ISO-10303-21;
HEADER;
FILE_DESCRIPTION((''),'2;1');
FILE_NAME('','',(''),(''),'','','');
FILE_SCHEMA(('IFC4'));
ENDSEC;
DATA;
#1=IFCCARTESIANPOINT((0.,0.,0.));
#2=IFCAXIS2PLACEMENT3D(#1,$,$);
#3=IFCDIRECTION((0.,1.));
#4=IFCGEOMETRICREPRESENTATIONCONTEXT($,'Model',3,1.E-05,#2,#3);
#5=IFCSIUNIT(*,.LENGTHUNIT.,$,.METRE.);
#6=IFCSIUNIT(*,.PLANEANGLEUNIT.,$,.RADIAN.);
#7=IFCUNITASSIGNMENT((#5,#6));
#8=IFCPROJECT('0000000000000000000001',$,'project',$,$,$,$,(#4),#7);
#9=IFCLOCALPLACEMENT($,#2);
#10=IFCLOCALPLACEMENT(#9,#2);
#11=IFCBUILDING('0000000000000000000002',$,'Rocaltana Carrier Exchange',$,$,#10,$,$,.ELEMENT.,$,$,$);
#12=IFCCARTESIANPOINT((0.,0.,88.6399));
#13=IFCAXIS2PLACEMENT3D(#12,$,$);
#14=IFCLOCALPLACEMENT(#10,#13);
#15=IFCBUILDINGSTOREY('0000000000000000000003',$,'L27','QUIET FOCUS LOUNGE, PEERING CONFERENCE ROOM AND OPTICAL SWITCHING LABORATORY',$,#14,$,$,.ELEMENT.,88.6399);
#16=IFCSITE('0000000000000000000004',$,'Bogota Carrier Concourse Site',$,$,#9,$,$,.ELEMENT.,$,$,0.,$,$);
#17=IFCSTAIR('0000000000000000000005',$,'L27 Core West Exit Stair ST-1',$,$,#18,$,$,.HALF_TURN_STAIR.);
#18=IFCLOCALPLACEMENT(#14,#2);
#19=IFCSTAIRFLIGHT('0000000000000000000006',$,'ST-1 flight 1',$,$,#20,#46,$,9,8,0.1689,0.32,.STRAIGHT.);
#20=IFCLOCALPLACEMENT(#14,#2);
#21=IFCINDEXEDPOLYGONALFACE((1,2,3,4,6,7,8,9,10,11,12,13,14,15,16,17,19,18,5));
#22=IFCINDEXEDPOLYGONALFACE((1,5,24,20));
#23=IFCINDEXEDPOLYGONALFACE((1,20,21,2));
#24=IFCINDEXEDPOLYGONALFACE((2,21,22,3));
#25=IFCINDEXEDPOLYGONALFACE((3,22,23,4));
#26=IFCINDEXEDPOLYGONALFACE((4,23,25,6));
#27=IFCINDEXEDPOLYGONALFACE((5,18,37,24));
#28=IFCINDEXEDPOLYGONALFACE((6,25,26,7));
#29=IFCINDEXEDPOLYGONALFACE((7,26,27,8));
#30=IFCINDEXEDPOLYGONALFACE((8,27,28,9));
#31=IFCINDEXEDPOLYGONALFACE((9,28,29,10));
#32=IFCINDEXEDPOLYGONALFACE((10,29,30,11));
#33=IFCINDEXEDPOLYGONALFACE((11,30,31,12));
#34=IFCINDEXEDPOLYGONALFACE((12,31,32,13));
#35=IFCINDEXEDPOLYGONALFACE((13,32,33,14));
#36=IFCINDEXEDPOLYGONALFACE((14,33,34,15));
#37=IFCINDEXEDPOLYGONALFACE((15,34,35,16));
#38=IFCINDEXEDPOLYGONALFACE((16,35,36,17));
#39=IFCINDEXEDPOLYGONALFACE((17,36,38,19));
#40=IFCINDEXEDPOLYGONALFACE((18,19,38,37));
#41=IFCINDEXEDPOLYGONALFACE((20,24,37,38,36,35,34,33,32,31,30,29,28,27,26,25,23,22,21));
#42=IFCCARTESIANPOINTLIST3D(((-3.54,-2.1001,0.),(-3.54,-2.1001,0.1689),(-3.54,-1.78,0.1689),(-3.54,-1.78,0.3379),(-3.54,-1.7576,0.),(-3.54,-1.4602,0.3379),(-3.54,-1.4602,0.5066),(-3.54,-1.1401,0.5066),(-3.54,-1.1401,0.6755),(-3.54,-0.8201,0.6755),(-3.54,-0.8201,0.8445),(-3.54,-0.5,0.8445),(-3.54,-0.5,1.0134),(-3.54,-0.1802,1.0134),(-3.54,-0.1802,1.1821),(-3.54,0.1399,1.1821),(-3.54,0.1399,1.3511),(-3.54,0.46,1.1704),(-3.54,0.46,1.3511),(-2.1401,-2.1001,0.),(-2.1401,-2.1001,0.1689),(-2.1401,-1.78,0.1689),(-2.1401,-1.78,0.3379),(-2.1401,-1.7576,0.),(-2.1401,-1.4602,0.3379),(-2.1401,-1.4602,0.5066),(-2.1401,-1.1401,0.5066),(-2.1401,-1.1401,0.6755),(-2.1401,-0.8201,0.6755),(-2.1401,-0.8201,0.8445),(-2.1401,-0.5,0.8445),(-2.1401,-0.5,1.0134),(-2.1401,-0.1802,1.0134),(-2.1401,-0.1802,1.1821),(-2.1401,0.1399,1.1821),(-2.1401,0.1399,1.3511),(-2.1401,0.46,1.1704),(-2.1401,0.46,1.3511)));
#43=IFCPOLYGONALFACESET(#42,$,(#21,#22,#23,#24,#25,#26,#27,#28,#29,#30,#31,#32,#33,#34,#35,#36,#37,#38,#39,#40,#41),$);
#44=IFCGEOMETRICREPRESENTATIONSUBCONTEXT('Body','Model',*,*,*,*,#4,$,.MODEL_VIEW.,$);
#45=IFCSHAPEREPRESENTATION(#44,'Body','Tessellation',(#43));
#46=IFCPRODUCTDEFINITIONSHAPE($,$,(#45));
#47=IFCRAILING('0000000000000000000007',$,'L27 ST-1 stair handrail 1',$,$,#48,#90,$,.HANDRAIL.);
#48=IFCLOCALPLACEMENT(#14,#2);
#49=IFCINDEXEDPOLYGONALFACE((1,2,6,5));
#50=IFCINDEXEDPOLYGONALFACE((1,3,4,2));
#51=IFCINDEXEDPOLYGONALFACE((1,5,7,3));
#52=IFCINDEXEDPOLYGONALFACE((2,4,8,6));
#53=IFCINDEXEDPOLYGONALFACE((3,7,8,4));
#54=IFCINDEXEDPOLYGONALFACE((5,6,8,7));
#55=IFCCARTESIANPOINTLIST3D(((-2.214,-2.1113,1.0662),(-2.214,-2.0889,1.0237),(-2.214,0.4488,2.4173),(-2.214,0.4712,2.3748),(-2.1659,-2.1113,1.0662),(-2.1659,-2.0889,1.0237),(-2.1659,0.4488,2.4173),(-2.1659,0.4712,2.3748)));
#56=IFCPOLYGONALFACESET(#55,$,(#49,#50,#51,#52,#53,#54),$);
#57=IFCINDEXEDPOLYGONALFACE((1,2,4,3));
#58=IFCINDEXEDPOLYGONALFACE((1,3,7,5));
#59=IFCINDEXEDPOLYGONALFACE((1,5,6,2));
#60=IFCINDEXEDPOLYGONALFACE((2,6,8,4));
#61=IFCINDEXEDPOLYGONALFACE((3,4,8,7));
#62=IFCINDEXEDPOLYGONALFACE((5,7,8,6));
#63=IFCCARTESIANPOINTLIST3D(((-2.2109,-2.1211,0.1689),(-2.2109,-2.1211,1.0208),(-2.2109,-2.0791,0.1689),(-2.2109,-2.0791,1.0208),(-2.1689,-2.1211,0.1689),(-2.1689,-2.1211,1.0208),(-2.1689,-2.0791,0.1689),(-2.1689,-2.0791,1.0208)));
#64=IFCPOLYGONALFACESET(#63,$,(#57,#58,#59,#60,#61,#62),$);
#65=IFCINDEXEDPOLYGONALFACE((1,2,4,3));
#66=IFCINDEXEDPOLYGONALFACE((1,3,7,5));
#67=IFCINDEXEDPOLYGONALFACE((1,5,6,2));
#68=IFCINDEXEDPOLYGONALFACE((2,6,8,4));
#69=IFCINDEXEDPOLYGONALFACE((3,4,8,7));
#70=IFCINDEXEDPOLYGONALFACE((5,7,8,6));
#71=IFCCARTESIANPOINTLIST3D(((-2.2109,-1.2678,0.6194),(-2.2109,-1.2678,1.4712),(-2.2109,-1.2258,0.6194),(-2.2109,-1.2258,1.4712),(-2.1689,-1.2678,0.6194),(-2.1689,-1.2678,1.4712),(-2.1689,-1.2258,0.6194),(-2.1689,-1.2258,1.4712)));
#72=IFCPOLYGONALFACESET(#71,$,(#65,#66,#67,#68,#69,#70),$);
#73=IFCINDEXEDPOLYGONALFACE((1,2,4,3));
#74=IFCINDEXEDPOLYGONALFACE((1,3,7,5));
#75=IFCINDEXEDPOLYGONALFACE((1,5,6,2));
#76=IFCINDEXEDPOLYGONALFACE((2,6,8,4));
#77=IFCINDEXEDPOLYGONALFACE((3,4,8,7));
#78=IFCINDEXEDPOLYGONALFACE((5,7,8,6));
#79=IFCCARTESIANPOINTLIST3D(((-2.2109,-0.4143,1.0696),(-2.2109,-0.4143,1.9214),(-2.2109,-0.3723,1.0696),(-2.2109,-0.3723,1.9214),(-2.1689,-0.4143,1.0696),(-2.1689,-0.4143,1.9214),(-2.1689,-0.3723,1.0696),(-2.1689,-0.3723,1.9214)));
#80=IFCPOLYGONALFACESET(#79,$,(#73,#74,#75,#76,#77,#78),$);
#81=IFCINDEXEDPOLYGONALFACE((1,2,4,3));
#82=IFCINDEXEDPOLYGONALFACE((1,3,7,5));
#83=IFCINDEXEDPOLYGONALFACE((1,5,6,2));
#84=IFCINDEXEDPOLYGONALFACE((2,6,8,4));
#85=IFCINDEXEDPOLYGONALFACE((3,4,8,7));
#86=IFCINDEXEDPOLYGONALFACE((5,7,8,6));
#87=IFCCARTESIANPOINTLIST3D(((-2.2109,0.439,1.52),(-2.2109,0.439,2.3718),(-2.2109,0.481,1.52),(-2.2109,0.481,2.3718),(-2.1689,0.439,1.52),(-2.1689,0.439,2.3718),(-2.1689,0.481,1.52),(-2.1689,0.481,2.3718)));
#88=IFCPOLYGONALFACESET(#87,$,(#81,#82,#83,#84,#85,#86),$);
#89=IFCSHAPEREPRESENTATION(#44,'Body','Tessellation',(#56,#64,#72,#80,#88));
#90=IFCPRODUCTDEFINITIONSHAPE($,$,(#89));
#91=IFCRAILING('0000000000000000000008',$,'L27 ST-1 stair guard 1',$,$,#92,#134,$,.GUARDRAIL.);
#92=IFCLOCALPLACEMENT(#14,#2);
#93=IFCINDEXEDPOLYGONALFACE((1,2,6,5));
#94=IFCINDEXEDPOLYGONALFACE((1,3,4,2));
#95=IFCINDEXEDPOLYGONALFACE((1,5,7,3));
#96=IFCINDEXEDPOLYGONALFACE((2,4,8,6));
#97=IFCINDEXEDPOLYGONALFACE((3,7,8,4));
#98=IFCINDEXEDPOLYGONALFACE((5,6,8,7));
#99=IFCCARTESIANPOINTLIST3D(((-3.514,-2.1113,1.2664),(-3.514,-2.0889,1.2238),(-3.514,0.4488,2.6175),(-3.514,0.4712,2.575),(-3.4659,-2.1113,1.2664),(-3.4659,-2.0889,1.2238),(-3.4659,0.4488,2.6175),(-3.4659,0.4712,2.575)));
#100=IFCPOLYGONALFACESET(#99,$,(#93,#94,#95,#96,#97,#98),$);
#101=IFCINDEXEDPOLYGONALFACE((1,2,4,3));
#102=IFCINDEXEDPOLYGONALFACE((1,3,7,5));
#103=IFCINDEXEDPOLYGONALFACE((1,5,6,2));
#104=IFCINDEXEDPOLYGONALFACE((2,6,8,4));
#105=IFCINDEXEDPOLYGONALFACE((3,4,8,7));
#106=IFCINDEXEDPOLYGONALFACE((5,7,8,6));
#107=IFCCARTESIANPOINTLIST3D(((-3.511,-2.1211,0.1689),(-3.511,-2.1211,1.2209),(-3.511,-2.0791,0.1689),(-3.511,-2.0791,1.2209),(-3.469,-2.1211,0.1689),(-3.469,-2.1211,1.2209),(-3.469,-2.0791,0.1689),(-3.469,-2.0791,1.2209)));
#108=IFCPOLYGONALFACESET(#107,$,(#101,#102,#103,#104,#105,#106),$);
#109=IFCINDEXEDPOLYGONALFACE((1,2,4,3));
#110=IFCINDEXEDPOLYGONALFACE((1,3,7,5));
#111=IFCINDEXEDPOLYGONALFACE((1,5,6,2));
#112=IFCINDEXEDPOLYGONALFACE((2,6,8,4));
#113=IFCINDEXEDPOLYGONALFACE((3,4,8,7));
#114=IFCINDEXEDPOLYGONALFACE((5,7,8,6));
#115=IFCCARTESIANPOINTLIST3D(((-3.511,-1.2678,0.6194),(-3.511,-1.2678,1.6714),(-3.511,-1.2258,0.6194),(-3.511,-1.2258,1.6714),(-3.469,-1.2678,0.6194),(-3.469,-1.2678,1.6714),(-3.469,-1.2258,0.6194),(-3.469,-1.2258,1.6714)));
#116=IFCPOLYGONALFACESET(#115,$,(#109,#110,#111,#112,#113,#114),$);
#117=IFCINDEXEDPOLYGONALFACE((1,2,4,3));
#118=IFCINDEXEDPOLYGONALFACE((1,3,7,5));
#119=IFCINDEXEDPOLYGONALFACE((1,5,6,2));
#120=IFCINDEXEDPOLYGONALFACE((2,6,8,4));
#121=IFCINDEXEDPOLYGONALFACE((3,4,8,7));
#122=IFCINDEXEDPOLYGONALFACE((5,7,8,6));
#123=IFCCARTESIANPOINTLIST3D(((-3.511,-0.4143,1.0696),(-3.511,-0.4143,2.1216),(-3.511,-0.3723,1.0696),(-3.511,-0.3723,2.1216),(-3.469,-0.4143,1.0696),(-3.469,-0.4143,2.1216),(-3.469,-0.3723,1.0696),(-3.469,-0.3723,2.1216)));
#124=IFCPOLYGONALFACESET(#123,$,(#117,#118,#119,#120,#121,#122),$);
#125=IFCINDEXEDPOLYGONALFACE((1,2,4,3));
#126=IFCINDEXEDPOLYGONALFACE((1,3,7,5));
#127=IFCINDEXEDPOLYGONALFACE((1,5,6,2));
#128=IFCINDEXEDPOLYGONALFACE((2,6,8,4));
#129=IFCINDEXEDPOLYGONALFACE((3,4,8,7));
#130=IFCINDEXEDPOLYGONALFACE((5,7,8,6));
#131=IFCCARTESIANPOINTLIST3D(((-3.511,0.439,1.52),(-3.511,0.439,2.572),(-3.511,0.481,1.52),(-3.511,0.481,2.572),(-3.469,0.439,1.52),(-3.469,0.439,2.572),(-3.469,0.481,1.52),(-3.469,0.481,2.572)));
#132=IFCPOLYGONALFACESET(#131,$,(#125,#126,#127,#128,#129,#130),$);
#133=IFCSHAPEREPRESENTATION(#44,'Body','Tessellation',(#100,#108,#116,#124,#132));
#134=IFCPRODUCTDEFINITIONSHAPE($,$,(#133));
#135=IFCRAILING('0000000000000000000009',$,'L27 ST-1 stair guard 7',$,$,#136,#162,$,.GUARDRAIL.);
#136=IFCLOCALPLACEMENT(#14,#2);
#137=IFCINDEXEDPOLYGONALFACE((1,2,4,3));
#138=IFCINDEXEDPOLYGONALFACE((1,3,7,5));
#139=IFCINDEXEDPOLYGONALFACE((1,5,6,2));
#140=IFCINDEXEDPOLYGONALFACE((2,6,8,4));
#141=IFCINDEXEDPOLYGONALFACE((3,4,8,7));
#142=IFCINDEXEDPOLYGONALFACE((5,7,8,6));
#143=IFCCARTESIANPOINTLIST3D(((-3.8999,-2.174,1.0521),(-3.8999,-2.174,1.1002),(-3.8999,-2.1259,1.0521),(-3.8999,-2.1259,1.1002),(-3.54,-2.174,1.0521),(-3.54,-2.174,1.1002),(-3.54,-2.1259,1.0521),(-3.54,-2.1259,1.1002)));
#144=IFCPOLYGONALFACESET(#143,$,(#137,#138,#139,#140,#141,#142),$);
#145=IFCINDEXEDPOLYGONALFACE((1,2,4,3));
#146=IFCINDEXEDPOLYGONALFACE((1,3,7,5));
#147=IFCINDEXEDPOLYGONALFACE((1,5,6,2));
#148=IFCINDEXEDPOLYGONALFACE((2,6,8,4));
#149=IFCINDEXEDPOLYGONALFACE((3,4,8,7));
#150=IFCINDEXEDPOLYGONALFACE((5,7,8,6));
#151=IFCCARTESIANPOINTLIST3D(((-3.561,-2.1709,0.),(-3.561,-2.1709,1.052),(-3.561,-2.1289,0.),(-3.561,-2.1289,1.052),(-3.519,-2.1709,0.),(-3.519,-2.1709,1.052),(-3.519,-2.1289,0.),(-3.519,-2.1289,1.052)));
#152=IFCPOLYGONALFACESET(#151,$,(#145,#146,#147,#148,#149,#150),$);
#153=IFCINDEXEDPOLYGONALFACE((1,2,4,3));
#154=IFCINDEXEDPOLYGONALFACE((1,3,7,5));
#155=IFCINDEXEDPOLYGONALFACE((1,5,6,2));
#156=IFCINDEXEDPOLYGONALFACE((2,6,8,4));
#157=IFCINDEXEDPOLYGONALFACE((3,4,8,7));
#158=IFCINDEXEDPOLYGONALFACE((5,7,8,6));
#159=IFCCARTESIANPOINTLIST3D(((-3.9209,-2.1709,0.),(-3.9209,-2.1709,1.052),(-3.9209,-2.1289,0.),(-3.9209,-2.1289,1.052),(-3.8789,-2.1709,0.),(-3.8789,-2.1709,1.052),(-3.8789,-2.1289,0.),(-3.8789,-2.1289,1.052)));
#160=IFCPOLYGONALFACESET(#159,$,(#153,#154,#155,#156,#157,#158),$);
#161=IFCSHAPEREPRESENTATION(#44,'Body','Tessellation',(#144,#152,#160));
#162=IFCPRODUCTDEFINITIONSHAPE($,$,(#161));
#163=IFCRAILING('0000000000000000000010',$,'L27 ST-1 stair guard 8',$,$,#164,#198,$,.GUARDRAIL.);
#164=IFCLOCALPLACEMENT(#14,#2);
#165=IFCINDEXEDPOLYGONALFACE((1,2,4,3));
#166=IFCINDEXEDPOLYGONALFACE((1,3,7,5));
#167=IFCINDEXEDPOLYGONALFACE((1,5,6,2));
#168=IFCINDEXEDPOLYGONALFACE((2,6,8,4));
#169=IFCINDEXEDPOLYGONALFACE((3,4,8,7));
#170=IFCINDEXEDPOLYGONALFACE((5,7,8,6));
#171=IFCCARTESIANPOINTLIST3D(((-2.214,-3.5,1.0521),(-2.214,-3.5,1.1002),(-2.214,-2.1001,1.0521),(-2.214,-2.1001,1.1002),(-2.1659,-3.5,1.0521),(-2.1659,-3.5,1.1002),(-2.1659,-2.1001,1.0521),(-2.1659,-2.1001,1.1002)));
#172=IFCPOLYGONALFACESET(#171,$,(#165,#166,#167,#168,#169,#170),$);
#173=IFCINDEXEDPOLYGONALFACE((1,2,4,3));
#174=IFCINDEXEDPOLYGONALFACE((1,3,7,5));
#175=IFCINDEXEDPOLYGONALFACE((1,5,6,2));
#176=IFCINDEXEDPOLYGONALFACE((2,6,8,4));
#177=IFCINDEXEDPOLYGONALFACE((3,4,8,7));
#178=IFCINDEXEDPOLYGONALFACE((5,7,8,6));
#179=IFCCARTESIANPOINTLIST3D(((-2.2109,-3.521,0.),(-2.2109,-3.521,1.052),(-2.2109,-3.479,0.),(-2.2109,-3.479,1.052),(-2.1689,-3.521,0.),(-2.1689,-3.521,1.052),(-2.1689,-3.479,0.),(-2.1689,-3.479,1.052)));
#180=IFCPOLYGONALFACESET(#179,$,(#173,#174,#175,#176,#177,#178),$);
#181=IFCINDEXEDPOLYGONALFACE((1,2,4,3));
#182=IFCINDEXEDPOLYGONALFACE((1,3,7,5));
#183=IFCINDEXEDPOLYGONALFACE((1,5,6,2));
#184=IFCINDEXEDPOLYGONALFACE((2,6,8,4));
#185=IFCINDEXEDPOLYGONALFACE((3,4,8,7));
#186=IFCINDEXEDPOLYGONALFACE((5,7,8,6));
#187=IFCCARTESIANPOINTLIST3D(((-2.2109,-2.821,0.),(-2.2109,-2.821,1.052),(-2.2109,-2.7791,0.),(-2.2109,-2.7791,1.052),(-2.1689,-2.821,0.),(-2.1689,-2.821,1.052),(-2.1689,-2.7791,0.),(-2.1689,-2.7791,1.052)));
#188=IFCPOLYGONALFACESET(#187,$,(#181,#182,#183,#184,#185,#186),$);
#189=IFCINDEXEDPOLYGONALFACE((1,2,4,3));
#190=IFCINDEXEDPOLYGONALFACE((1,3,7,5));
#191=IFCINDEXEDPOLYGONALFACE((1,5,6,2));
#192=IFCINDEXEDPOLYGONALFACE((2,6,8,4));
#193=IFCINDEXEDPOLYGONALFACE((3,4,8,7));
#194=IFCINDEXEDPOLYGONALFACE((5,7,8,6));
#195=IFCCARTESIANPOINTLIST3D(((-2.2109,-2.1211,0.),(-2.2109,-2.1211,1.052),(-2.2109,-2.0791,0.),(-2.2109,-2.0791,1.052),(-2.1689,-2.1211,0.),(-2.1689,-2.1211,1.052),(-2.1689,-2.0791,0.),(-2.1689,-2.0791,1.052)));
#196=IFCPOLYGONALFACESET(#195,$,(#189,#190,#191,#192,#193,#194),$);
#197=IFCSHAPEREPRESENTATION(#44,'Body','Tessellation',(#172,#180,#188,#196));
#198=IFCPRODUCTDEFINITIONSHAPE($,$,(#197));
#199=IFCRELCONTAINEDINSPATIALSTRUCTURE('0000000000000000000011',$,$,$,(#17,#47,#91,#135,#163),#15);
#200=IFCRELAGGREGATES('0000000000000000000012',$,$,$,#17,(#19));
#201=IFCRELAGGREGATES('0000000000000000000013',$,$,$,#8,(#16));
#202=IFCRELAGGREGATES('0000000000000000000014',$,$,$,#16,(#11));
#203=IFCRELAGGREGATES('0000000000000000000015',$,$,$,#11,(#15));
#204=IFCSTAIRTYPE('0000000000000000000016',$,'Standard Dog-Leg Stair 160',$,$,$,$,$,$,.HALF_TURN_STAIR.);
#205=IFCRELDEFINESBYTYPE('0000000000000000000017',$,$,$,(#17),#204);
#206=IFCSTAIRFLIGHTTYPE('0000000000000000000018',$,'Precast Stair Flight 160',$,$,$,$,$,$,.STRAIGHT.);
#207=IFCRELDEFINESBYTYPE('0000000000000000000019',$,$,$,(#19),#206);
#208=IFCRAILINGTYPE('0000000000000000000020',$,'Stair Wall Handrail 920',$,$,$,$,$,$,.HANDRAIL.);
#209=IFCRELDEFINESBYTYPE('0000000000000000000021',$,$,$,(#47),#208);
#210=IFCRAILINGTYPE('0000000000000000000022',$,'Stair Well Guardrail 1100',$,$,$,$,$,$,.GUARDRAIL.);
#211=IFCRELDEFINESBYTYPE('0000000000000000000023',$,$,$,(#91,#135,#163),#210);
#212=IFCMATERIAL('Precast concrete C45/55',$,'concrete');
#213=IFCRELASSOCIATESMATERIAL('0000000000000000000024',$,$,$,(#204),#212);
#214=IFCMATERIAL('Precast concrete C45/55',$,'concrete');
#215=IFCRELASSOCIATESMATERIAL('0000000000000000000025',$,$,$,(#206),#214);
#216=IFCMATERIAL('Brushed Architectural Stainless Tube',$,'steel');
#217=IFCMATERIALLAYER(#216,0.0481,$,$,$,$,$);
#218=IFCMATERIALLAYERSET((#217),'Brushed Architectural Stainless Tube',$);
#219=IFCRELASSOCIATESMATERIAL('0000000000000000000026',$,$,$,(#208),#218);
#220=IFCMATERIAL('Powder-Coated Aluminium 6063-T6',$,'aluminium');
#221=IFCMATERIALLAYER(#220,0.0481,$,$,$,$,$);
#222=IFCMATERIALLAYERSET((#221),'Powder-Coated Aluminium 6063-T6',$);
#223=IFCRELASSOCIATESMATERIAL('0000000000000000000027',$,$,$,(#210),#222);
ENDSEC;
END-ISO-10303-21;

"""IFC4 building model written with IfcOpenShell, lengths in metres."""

from ifc_helpers import new_model, si_unit, direction, frame, origin, origin_2d, place, context, subcontext, project, spatial, polyline, rectangle, outline, extrude, material, layer, layer_set, type_object, element, aggregate, save


model = new_model("IFC4")

# Units and contexts
model_context = context("Model", 3, precision=1e-05, world=origin(), true_north=direction((0.0, 1.0)))
body_context = subcontext(model_context, "Body", "Model", "MODEL_VIEW")
ifc_project = project(units=[si_unit("LENGTHUNIT", "METRE"), si_unit("PLANEANGLEUNIT", "RADIAN")], contexts=[model_context])

# Site, building, storey
site_placement = place(None, origin())
site = spatial("IfcSite", under=ifc_project, at=site_placement, Name="Bogota Carrier Concourse Site", CompositionType="ELEMENT", RefElevation=0.0)
building_placement = place(site_placement, origin())
building = spatial("IfcBuilding", under=site, at=building_placement, Name="Rocaltana Carrier Exchange", CompositionType="ELEMENT")
storey_placement = place(building_placement, frame((0.0, 0.0, 88.6399)))
storey = spatial("IfcBuildingStorey", under=building, at=storey_placement, Name="L27", Description="QUIET FOCUS LOUNGE, PEERING CONFERENCE ROOM AND OPTICAL SWITCHING LABORATORY", CompositionType="ELEMENT", Elevation=88.6399)

# Stair, stair flight
ifc_material_1 = material(Name="Precast concrete C45/55", Category="concrete")
stair_type = type_object("IfcStairType", Name="Standard Dog-Leg Stair 160", PredefinedType="HALF_TURN_STAIR", material=ifc_material_1)
stair_placement = place(storey_placement, origin())
stair = element("IfcStair", 1, at=stair_placement, inside=storey, type_object=stair_type, Name="L27 Core West Exit Stair ST-1", PredefinedType="HALF_TURN_STAIR")
ifc_material_2 = material(Name="Precast concrete C45/55", Category="concrete")
stair_flight_type = type_object("IfcStairFlightType", Name="Precast Stair Flight 160", PredefinedType="STRAIGHT", material=ifc_material_2)
stair_flight_placement = place(storey_placement, frame((-2.8401, -2.1001, 0.0), z_axis=(0.0, 0.0, 1.0), x_axis=(0.0, 1.0, 0.0)))
stair_flight = element("IfcStairFlight", 2, at=stair_flight_placement, type_object=stair_flight_type, Name="ST-1 flight 1", NumberOfRisers=9, NumberOfTreads=8, PredefinedType="STRAIGHT", RiserHeight=0.1689, TreadLength=0.32, context=body_context, shape_type="SweptSolid", body=[
    extrude(outline(polyline([(0.0, 0.0), (0.0, 0.1689), (0.3201, 0.1689), (0.3201, 0.3379), (0.6399, 0.3379), (0.6399, 0.5066), (0.96, 0.5066), (0.96, 0.6755), (1.28, 0.6755), (1.28, 0.8445), (1.6001, 0.8445), (1.6001, 1.0134), (1.9199, 1.0134), (1.9199, 1.1821), (2.24, 1.1821), (2.24, 1.3511), (2.5601, 1.3511), (2.5601, 1.52), (2.5601, 1.1704), (0.3425, 0.0), (0.0, 0.0)])), frame((0.0, 0.7, 0.0), z_axis=(0.0, -1.0, 0.0), x_axis=(1.0, 0.0, 0.0)), (0.0, 0.0, 1.0), 1.3999),
])
aggregate(stair, [stair_flight])

# Railings
ifc_material_3 = material(Name="Brushed Architectural Stainless Tube", Category="steel")
ifc_layer_1 = layer(ifc_material_3, 0.0481)
ifc_layer_set_1 = layer_set([ifc_layer_1], Name="Brushed Architectural Stainless Tube")
railing_type_1 = type_object("IfcRailingType", Name="Stair Wall Handrail 920", PredefinedType="HANDRAIL", material=ifc_layer_set_1)
railing_1_placement = place(storey_placement, frame((-2.1899, -2.1001, 0.1689)))
element("IfcRailing", 3, at=railing_1_placement, inside=storey, type_object=railing_type_1, Name="L27 ST-1 stair handrail 1", PredefinedType="HANDRAIL", context=body_context, shape_type="SweptSolid", body=[
    extrude(rectangle(XDim=0.0481, YDim=0.0481, at=origin_2d()), frame((0.0, 0.0, 0.876), z_axis=(0.0, 0.884394, 0.46674), x_axis=(-1.0, 0.0, 0.0)), (0.0, 0.0, 1.0), 2.8948),
    extrude(rectangle(XDim=0.042, YDim=0.042, at=origin_2d()), origin(), (0.0, 0.0, 1.0), 0.8518),
    extrude(rectangle(XDim=0.042, YDim=0.042, at=origin_2d()), frame((0.0, 0.8533, 0.4504)), (0.0, 0.0, 1.0), 0.8518),
    extrude(rectangle(XDim=0.042, YDim=0.042, at=origin_2d()), frame((0.0, 1.7068, 0.9006)), (0.0, 0.0, 1.0), 0.8518),
    extrude(rectangle(XDim=0.042, YDim=0.042, at=origin_2d()), frame((0.0, 2.5601, 1.3511)), (0.0, 0.0, 1.0), 0.8518),
])
ifc_material_4 = material(Name="Powder-Coated Aluminium 6063-T6", Category="aluminium")
ifc_layer_2 = layer(ifc_material_4, 0.0481)
ifc_layer_set_2 = layer_set([ifc_layer_2], Name="Powder-Coated Aluminium 6063-T6")
railing_type_2 = type_object("IfcRailingType", Name="Stair Well Guardrail 1100", PredefinedType="GUARDRAIL", material=ifc_layer_set_2)
railing_2_placement = place(storey_placement, frame((-3.49, -2.1001, 0.1689)))
element("IfcRailing", 4, at=railing_2_placement, inside=storey, type_object=railing_type_2, Name="L27 ST-1 stair guard 1", PredefinedType="GUARDRAIL", context=body_context, shape_type="SweptSolid", body=[
    extrude(rectangle(XDim=0.0481, YDim=0.0481, at=origin_2d()), frame((0.0, 0.0, 1.0762), z_axis=(0.0, 0.884394, 0.46674), x_axis=(-1.0, 0.0, 0.0)), (0.0, 0.0, 1.0), 2.8948),
    extrude(rectangle(XDim=0.042, YDim=0.042, at=origin_2d()), origin(), (0.0, 0.0, 1.0), 1.052),
    extrude(rectangle(XDim=0.042, YDim=0.042, at=origin_2d()), frame((0.0, 0.8533, 0.4504)), (0.0, 0.0, 1.0), 1.052),
    extrude(rectangle(XDim=0.042, YDim=0.042, at=origin_2d()), frame((0.0, 1.7068, 0.9006)), (0.0, 0.0, 1.0), 1.052),
    extrude(rectangle(XDim=0.042, YDim=0.042, at=origin_2d()), frame((0.0, 2.5601, 1.3511)), (0.0, 0.0, 1.0), 1.052),
])
railing_3_placement = place(storey_placement, frame((-3.54, -2.1499, 0.0)))
element("IfcRailing", 5, at=railing_3_placement, inside=storey, type_object=railing_type_2, Name="L27 ST-1 stair guard 7", PredefinedType="GUARDRAIL", context=body_context, shape_type="SweptSolid", body=[
    extrude(rectangle(XDim=0.0481, YDim=0.0481, at=origin_2d()), frame((0.0, 0.0, 1.0762), z_axis=(-1.0, 0.0, 0.0), x_axis=(0.0, -1.0, 0.0)), (0.0, 0.0, 1.0), 0.3599),
    extrude(rectangle(XDim=0.042, YDim=0.042, at=origin_2d()), origin(), (0.0, 0.0, 1.0), 1.052),
    extrude(rectangle(XDim=0.042, YDim=0.042, at=origin_2d()), frame((-0.3599, 0.0, 0.0)), (0.0, 0.0, 1.0), 1.052),
])
for number, where, name in (
    (6, (-2.1899, -3.5, 0.0), "L27 ST-1 stair guard 8"),
):
    element("IfcRailing", number, at=place(storey_placement, frame(where)), inside=storey, type_object=railing_type_2, Name=name, PredefinedType="GUARDRAIL", context=body_context, shape_type="SweptSolid", body=[
        extrude(rectangle(XDim=0.0481, YDim=0.0481, at=origin_2d()), frame((0.0, 0.0, 1.0762), z_axis=(0.0, 1.0, 0.0), x_axis=(-1.0, 0.0, 0.0)), (0.0, 0.0, 1.0), 1.3999),
        extrude(rectangle(XDim=0.042, YDim=0.042, at=origin_2d()), origin(), (0.0, 0.0, 1.0), 1.052),
        extrude(rectangle(XDim=0.042, YDim=0.042, at=origin_2d()), frame((0.0, 0.7, 0.0)), (0.0, 0.0, 1.0), 1.052),
        extrude(rectangle(XDim=0.042, YDim=0.042, at=origin_2d()), frame((0.0, 1.3999, 0.0)), (0.0, 0.0, 1.0), 1.052),
    ])

save(model, "model.ifc")
